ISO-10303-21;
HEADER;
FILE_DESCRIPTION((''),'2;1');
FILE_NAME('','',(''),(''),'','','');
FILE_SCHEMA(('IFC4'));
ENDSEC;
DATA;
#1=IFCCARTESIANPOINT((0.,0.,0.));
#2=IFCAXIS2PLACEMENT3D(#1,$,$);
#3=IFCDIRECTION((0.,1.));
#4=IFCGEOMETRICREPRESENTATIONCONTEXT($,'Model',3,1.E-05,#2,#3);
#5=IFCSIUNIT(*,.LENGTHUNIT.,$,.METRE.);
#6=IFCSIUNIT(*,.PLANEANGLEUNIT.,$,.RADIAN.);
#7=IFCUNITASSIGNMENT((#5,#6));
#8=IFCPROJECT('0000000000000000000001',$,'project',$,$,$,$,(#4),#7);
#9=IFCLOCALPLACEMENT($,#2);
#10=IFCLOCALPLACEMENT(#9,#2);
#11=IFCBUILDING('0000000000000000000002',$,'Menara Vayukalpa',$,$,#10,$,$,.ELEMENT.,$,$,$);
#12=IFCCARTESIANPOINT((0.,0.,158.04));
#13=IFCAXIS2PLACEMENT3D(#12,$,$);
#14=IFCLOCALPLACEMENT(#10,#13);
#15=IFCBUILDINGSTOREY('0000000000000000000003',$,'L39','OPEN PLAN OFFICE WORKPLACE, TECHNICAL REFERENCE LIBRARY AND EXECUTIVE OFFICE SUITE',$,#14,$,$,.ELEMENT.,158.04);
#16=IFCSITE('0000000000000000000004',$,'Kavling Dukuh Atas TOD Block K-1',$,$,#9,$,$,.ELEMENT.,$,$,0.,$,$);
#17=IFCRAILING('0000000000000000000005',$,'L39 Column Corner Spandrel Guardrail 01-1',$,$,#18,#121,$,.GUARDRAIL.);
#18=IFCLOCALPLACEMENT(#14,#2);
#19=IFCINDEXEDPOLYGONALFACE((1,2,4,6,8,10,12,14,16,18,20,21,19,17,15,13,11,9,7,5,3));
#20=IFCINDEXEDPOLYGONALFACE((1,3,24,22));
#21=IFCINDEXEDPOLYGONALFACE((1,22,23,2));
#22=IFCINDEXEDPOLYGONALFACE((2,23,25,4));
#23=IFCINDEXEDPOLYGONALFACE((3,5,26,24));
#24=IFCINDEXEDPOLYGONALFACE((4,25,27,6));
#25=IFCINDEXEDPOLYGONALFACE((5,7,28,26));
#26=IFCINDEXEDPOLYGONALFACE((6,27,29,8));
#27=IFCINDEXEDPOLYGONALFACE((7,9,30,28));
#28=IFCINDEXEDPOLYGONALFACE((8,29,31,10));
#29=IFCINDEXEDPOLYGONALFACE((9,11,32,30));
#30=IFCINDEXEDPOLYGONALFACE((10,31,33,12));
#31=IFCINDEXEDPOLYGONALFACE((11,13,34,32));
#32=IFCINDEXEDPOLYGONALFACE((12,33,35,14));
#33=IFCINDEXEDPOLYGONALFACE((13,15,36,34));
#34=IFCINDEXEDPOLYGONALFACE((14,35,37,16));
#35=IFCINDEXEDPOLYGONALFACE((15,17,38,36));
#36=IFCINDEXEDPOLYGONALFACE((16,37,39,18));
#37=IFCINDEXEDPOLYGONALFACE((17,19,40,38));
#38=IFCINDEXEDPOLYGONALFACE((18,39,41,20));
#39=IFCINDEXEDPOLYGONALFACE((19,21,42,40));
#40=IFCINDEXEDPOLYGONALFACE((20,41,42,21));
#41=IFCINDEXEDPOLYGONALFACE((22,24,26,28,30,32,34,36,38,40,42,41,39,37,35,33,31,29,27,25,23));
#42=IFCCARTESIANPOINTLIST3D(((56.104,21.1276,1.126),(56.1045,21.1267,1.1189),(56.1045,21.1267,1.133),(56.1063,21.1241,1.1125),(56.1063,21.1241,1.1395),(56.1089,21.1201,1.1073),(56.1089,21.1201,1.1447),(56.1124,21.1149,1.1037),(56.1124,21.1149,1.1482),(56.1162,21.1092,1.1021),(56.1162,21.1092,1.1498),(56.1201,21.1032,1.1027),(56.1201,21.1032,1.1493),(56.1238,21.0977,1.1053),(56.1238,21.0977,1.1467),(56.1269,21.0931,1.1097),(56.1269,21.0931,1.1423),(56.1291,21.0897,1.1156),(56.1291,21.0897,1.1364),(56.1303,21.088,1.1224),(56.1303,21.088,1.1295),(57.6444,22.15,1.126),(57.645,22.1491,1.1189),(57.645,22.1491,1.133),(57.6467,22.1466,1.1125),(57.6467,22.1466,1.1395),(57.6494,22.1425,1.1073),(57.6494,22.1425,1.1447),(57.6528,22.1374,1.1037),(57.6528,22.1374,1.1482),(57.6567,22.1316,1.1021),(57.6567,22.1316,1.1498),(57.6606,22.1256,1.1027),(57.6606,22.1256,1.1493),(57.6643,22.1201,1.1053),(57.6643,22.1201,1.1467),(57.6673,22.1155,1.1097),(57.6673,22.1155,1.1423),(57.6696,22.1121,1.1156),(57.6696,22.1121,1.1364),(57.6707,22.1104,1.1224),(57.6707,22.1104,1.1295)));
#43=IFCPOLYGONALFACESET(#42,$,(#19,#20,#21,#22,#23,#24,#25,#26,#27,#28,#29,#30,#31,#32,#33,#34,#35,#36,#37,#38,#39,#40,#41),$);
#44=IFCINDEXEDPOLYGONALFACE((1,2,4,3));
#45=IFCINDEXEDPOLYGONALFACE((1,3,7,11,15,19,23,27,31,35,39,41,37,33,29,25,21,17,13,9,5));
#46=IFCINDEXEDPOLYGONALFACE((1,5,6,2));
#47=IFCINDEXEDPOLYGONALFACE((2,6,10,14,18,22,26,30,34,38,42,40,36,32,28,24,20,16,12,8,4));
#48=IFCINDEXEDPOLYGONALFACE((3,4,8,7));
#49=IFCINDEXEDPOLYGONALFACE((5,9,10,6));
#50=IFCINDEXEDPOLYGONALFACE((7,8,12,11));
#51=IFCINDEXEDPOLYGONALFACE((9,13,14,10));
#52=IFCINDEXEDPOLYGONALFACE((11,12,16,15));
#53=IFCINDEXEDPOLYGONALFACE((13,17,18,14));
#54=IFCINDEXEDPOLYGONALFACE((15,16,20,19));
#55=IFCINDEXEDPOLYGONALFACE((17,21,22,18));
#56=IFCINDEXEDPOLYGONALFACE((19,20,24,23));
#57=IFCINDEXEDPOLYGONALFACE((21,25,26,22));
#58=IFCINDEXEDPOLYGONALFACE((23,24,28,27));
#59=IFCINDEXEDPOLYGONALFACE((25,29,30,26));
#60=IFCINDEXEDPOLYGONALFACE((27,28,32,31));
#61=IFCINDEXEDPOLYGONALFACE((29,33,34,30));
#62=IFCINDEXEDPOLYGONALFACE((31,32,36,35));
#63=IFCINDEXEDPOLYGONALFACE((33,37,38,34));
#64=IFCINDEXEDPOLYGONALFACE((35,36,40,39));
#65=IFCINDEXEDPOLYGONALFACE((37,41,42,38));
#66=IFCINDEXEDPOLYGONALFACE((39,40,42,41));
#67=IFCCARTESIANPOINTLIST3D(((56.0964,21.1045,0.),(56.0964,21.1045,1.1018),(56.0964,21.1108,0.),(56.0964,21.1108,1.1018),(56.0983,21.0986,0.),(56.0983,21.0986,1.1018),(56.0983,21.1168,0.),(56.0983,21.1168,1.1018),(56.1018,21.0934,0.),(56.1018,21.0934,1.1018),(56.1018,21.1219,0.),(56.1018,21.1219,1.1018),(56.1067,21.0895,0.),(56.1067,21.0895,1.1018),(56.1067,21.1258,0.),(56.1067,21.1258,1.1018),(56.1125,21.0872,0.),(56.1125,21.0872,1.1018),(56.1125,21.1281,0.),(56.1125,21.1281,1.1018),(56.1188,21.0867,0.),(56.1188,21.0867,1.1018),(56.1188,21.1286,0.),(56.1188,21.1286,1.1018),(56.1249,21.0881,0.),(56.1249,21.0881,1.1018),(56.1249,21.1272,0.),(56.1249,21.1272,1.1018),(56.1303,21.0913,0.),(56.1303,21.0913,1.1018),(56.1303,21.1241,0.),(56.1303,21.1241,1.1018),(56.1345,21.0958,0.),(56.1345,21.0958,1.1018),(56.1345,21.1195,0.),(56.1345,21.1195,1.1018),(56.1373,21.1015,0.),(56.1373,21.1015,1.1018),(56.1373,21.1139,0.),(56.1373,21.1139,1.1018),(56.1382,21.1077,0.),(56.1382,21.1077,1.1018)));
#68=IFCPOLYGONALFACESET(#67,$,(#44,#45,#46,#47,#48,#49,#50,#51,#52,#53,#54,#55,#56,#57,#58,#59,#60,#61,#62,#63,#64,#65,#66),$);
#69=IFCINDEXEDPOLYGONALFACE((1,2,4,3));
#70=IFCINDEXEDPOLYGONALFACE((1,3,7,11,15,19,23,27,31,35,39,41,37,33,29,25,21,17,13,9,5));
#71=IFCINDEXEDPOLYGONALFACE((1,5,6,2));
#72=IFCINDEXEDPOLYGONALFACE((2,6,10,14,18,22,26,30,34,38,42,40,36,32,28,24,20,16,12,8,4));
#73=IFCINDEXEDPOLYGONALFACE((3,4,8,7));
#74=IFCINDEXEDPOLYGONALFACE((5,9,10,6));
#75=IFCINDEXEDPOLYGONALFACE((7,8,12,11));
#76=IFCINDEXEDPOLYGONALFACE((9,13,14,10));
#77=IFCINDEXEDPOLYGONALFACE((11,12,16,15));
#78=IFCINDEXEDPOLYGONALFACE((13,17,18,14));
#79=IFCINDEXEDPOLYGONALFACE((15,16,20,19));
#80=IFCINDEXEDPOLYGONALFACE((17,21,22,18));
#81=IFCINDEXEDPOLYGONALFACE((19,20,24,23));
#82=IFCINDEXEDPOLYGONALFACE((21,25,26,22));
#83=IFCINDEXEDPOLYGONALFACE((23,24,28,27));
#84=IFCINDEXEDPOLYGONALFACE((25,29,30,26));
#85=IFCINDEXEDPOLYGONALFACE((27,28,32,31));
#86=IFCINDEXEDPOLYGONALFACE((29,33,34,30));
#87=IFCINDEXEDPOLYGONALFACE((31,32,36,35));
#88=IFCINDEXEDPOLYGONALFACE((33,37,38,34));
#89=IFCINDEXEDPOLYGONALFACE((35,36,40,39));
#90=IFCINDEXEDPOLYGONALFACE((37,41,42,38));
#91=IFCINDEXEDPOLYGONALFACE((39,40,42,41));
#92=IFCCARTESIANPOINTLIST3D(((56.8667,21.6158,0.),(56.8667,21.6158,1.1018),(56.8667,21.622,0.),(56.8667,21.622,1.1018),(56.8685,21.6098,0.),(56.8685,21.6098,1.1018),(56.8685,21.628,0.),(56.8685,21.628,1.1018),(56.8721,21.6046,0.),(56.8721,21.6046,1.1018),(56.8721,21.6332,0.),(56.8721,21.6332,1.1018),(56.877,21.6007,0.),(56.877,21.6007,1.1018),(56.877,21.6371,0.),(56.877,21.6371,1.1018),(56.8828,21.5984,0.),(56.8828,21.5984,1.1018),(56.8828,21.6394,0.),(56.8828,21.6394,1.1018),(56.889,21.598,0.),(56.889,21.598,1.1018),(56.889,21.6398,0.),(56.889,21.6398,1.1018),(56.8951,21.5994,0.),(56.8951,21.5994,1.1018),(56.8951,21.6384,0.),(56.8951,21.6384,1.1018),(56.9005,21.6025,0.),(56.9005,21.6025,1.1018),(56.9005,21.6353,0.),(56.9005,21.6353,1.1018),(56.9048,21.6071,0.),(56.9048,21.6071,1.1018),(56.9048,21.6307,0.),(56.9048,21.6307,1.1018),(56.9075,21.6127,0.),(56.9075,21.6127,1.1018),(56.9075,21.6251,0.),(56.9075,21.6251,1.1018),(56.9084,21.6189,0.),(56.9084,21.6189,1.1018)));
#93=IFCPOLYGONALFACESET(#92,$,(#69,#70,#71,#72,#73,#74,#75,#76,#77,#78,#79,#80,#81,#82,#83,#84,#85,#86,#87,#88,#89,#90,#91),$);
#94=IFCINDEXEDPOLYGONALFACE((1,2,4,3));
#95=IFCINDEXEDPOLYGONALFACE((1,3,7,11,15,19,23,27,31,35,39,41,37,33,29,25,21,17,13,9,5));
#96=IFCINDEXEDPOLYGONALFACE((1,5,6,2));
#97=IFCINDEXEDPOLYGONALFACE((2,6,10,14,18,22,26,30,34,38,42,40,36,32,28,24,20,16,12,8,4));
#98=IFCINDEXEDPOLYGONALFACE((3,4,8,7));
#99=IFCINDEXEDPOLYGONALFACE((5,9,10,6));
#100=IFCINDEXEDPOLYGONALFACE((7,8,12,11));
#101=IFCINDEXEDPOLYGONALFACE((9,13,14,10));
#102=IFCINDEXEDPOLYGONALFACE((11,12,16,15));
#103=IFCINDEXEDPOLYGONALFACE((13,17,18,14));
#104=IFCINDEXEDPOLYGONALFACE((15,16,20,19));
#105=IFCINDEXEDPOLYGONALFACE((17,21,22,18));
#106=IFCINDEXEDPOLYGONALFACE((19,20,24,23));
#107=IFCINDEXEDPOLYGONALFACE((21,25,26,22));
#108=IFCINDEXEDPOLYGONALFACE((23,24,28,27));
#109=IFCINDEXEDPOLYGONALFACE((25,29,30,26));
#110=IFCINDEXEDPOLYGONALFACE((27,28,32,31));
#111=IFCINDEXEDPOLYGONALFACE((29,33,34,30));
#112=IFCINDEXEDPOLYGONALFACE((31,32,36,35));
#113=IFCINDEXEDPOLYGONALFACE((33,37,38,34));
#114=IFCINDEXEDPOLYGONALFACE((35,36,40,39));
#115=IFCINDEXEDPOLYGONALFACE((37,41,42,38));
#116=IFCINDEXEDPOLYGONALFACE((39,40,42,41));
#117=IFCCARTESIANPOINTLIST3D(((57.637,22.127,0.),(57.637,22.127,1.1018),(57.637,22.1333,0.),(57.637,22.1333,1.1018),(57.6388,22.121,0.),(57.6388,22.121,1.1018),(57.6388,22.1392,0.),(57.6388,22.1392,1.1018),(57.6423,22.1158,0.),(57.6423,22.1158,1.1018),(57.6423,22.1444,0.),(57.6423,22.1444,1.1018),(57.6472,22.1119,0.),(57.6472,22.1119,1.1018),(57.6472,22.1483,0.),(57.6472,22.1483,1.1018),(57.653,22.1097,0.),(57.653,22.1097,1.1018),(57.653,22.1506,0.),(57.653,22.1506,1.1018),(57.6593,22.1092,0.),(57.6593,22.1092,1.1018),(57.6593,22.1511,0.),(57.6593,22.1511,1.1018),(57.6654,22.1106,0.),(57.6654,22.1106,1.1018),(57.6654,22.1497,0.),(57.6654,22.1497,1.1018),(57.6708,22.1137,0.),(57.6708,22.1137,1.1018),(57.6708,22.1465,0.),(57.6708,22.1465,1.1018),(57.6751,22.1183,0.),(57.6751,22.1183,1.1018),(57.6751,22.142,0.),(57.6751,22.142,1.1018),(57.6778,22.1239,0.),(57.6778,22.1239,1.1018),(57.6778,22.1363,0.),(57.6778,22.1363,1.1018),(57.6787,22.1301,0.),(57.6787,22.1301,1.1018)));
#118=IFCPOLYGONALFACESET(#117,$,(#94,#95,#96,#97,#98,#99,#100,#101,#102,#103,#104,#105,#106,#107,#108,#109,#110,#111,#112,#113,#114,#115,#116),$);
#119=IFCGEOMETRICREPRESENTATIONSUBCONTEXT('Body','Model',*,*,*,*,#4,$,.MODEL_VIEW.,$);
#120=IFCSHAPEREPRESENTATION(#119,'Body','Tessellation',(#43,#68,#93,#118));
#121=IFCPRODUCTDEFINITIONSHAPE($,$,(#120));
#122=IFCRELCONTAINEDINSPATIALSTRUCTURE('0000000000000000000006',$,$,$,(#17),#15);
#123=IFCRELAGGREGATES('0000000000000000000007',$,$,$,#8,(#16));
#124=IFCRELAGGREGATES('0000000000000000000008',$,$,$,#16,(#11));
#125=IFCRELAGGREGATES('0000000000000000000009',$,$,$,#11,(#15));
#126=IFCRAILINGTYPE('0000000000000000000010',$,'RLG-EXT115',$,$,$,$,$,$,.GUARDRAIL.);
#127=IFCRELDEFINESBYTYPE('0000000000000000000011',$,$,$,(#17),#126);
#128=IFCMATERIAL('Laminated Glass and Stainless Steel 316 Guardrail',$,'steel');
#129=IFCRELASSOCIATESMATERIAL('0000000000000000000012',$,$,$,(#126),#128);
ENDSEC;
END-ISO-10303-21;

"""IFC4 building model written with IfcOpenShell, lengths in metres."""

from ifc_helpers import new_model, si_unit, direction, frame, origin, origin_2d, place, context, subcontext, project, spatial, circle, extrude, material, type_object, element, save


model = new_model("IFC4")

# Units and contexts
model_context = context("Model", 3, precision=1e-05, world=origin(), true_north=direction((0.0, 1.0)))
body_context = subcontext(model_context, "Body", "Model", "MODEL_VIEW")
ifc_project = project(units=[si_unit("LENGTHUNIT", "METRE"), si_unit("PLANEANGLEUNIT", "RADIAN")], contexts=[model_context])

# Site, building, storey
site_placement = place(None, origin())
site = spatial("IfcSite", under=ifc_project, at=site_placement, Name="Kavling Dukuh Atas TOD Block K-1", CompositionType="ELEMENT", RefElevation=0.0)
building_placement = place(site_placement, origin())
building = spatial("IfcBuilding", under=site, at=building_placement, Name="Menara Vayukalpa", CompositionType="ELEMENT")
storey_placement = place(building_placement, frame((0.0, 0.0, 158.04)))
storey = spatial("IfcBuildingStorey", under=building, at=storey_placement, Name="L39", Description="OPEN PLAN OFFICE WORKPLACE, TECHNICAL REFERENCE LIBRARY AND EXECUTIVE OFFICE SUITE", CompositionType="ELEMENT", Elevation=158.04)

# Railing
ifc_material_1 = material(Name="Laminated Glass and Stainless Steel 316 Guardrail", Category="steel")
railing_type = type_object("IfcRailingType", Name="RLG-EXT115", PredefinedType="GUARDRAIL", material=ifc_material_1)
railing_1_placement = place(storey_placement, frame((56.1172, 21.1077, 0.0)))
element("IfcRailing", 1, at=railing_1_placement, inside=storey, type_object=railing_type, Name="L39 Column Corner Spandrel Guardrail 01-1", PredefinedType="GUARDRAIL", context=body_context, shape_type="SweptSolid", body=[
    extrude(circle(Radius=0.0239, at=origin_2d()), frame((0.0, 0.0, 1.126), z_axis=(0.833186, 0.552993, 0.0), x_axis=(-0.552993, 0.833186, 0.0)), (0.0, 0.0, 1.0), 1.8489),
    extrude(circle(Radius=0.021, at=origin_2d()), origin(), (0.0, 0.0, 1.0), 1.1018),
    extrude(circle(Radius=0.021, at=origin_2d()), frame((0.7703, 0.5112, 0.0)), (0.0, 0.0, 1.0), 1.1018),
    extrude(circle(Radius=0.021, at=origin_2d()), frame((1.5405, 1.0225, 0.0)), (0.0, 0.0, 1.0), 1.1018),
])

save(model, "model.ifc")
